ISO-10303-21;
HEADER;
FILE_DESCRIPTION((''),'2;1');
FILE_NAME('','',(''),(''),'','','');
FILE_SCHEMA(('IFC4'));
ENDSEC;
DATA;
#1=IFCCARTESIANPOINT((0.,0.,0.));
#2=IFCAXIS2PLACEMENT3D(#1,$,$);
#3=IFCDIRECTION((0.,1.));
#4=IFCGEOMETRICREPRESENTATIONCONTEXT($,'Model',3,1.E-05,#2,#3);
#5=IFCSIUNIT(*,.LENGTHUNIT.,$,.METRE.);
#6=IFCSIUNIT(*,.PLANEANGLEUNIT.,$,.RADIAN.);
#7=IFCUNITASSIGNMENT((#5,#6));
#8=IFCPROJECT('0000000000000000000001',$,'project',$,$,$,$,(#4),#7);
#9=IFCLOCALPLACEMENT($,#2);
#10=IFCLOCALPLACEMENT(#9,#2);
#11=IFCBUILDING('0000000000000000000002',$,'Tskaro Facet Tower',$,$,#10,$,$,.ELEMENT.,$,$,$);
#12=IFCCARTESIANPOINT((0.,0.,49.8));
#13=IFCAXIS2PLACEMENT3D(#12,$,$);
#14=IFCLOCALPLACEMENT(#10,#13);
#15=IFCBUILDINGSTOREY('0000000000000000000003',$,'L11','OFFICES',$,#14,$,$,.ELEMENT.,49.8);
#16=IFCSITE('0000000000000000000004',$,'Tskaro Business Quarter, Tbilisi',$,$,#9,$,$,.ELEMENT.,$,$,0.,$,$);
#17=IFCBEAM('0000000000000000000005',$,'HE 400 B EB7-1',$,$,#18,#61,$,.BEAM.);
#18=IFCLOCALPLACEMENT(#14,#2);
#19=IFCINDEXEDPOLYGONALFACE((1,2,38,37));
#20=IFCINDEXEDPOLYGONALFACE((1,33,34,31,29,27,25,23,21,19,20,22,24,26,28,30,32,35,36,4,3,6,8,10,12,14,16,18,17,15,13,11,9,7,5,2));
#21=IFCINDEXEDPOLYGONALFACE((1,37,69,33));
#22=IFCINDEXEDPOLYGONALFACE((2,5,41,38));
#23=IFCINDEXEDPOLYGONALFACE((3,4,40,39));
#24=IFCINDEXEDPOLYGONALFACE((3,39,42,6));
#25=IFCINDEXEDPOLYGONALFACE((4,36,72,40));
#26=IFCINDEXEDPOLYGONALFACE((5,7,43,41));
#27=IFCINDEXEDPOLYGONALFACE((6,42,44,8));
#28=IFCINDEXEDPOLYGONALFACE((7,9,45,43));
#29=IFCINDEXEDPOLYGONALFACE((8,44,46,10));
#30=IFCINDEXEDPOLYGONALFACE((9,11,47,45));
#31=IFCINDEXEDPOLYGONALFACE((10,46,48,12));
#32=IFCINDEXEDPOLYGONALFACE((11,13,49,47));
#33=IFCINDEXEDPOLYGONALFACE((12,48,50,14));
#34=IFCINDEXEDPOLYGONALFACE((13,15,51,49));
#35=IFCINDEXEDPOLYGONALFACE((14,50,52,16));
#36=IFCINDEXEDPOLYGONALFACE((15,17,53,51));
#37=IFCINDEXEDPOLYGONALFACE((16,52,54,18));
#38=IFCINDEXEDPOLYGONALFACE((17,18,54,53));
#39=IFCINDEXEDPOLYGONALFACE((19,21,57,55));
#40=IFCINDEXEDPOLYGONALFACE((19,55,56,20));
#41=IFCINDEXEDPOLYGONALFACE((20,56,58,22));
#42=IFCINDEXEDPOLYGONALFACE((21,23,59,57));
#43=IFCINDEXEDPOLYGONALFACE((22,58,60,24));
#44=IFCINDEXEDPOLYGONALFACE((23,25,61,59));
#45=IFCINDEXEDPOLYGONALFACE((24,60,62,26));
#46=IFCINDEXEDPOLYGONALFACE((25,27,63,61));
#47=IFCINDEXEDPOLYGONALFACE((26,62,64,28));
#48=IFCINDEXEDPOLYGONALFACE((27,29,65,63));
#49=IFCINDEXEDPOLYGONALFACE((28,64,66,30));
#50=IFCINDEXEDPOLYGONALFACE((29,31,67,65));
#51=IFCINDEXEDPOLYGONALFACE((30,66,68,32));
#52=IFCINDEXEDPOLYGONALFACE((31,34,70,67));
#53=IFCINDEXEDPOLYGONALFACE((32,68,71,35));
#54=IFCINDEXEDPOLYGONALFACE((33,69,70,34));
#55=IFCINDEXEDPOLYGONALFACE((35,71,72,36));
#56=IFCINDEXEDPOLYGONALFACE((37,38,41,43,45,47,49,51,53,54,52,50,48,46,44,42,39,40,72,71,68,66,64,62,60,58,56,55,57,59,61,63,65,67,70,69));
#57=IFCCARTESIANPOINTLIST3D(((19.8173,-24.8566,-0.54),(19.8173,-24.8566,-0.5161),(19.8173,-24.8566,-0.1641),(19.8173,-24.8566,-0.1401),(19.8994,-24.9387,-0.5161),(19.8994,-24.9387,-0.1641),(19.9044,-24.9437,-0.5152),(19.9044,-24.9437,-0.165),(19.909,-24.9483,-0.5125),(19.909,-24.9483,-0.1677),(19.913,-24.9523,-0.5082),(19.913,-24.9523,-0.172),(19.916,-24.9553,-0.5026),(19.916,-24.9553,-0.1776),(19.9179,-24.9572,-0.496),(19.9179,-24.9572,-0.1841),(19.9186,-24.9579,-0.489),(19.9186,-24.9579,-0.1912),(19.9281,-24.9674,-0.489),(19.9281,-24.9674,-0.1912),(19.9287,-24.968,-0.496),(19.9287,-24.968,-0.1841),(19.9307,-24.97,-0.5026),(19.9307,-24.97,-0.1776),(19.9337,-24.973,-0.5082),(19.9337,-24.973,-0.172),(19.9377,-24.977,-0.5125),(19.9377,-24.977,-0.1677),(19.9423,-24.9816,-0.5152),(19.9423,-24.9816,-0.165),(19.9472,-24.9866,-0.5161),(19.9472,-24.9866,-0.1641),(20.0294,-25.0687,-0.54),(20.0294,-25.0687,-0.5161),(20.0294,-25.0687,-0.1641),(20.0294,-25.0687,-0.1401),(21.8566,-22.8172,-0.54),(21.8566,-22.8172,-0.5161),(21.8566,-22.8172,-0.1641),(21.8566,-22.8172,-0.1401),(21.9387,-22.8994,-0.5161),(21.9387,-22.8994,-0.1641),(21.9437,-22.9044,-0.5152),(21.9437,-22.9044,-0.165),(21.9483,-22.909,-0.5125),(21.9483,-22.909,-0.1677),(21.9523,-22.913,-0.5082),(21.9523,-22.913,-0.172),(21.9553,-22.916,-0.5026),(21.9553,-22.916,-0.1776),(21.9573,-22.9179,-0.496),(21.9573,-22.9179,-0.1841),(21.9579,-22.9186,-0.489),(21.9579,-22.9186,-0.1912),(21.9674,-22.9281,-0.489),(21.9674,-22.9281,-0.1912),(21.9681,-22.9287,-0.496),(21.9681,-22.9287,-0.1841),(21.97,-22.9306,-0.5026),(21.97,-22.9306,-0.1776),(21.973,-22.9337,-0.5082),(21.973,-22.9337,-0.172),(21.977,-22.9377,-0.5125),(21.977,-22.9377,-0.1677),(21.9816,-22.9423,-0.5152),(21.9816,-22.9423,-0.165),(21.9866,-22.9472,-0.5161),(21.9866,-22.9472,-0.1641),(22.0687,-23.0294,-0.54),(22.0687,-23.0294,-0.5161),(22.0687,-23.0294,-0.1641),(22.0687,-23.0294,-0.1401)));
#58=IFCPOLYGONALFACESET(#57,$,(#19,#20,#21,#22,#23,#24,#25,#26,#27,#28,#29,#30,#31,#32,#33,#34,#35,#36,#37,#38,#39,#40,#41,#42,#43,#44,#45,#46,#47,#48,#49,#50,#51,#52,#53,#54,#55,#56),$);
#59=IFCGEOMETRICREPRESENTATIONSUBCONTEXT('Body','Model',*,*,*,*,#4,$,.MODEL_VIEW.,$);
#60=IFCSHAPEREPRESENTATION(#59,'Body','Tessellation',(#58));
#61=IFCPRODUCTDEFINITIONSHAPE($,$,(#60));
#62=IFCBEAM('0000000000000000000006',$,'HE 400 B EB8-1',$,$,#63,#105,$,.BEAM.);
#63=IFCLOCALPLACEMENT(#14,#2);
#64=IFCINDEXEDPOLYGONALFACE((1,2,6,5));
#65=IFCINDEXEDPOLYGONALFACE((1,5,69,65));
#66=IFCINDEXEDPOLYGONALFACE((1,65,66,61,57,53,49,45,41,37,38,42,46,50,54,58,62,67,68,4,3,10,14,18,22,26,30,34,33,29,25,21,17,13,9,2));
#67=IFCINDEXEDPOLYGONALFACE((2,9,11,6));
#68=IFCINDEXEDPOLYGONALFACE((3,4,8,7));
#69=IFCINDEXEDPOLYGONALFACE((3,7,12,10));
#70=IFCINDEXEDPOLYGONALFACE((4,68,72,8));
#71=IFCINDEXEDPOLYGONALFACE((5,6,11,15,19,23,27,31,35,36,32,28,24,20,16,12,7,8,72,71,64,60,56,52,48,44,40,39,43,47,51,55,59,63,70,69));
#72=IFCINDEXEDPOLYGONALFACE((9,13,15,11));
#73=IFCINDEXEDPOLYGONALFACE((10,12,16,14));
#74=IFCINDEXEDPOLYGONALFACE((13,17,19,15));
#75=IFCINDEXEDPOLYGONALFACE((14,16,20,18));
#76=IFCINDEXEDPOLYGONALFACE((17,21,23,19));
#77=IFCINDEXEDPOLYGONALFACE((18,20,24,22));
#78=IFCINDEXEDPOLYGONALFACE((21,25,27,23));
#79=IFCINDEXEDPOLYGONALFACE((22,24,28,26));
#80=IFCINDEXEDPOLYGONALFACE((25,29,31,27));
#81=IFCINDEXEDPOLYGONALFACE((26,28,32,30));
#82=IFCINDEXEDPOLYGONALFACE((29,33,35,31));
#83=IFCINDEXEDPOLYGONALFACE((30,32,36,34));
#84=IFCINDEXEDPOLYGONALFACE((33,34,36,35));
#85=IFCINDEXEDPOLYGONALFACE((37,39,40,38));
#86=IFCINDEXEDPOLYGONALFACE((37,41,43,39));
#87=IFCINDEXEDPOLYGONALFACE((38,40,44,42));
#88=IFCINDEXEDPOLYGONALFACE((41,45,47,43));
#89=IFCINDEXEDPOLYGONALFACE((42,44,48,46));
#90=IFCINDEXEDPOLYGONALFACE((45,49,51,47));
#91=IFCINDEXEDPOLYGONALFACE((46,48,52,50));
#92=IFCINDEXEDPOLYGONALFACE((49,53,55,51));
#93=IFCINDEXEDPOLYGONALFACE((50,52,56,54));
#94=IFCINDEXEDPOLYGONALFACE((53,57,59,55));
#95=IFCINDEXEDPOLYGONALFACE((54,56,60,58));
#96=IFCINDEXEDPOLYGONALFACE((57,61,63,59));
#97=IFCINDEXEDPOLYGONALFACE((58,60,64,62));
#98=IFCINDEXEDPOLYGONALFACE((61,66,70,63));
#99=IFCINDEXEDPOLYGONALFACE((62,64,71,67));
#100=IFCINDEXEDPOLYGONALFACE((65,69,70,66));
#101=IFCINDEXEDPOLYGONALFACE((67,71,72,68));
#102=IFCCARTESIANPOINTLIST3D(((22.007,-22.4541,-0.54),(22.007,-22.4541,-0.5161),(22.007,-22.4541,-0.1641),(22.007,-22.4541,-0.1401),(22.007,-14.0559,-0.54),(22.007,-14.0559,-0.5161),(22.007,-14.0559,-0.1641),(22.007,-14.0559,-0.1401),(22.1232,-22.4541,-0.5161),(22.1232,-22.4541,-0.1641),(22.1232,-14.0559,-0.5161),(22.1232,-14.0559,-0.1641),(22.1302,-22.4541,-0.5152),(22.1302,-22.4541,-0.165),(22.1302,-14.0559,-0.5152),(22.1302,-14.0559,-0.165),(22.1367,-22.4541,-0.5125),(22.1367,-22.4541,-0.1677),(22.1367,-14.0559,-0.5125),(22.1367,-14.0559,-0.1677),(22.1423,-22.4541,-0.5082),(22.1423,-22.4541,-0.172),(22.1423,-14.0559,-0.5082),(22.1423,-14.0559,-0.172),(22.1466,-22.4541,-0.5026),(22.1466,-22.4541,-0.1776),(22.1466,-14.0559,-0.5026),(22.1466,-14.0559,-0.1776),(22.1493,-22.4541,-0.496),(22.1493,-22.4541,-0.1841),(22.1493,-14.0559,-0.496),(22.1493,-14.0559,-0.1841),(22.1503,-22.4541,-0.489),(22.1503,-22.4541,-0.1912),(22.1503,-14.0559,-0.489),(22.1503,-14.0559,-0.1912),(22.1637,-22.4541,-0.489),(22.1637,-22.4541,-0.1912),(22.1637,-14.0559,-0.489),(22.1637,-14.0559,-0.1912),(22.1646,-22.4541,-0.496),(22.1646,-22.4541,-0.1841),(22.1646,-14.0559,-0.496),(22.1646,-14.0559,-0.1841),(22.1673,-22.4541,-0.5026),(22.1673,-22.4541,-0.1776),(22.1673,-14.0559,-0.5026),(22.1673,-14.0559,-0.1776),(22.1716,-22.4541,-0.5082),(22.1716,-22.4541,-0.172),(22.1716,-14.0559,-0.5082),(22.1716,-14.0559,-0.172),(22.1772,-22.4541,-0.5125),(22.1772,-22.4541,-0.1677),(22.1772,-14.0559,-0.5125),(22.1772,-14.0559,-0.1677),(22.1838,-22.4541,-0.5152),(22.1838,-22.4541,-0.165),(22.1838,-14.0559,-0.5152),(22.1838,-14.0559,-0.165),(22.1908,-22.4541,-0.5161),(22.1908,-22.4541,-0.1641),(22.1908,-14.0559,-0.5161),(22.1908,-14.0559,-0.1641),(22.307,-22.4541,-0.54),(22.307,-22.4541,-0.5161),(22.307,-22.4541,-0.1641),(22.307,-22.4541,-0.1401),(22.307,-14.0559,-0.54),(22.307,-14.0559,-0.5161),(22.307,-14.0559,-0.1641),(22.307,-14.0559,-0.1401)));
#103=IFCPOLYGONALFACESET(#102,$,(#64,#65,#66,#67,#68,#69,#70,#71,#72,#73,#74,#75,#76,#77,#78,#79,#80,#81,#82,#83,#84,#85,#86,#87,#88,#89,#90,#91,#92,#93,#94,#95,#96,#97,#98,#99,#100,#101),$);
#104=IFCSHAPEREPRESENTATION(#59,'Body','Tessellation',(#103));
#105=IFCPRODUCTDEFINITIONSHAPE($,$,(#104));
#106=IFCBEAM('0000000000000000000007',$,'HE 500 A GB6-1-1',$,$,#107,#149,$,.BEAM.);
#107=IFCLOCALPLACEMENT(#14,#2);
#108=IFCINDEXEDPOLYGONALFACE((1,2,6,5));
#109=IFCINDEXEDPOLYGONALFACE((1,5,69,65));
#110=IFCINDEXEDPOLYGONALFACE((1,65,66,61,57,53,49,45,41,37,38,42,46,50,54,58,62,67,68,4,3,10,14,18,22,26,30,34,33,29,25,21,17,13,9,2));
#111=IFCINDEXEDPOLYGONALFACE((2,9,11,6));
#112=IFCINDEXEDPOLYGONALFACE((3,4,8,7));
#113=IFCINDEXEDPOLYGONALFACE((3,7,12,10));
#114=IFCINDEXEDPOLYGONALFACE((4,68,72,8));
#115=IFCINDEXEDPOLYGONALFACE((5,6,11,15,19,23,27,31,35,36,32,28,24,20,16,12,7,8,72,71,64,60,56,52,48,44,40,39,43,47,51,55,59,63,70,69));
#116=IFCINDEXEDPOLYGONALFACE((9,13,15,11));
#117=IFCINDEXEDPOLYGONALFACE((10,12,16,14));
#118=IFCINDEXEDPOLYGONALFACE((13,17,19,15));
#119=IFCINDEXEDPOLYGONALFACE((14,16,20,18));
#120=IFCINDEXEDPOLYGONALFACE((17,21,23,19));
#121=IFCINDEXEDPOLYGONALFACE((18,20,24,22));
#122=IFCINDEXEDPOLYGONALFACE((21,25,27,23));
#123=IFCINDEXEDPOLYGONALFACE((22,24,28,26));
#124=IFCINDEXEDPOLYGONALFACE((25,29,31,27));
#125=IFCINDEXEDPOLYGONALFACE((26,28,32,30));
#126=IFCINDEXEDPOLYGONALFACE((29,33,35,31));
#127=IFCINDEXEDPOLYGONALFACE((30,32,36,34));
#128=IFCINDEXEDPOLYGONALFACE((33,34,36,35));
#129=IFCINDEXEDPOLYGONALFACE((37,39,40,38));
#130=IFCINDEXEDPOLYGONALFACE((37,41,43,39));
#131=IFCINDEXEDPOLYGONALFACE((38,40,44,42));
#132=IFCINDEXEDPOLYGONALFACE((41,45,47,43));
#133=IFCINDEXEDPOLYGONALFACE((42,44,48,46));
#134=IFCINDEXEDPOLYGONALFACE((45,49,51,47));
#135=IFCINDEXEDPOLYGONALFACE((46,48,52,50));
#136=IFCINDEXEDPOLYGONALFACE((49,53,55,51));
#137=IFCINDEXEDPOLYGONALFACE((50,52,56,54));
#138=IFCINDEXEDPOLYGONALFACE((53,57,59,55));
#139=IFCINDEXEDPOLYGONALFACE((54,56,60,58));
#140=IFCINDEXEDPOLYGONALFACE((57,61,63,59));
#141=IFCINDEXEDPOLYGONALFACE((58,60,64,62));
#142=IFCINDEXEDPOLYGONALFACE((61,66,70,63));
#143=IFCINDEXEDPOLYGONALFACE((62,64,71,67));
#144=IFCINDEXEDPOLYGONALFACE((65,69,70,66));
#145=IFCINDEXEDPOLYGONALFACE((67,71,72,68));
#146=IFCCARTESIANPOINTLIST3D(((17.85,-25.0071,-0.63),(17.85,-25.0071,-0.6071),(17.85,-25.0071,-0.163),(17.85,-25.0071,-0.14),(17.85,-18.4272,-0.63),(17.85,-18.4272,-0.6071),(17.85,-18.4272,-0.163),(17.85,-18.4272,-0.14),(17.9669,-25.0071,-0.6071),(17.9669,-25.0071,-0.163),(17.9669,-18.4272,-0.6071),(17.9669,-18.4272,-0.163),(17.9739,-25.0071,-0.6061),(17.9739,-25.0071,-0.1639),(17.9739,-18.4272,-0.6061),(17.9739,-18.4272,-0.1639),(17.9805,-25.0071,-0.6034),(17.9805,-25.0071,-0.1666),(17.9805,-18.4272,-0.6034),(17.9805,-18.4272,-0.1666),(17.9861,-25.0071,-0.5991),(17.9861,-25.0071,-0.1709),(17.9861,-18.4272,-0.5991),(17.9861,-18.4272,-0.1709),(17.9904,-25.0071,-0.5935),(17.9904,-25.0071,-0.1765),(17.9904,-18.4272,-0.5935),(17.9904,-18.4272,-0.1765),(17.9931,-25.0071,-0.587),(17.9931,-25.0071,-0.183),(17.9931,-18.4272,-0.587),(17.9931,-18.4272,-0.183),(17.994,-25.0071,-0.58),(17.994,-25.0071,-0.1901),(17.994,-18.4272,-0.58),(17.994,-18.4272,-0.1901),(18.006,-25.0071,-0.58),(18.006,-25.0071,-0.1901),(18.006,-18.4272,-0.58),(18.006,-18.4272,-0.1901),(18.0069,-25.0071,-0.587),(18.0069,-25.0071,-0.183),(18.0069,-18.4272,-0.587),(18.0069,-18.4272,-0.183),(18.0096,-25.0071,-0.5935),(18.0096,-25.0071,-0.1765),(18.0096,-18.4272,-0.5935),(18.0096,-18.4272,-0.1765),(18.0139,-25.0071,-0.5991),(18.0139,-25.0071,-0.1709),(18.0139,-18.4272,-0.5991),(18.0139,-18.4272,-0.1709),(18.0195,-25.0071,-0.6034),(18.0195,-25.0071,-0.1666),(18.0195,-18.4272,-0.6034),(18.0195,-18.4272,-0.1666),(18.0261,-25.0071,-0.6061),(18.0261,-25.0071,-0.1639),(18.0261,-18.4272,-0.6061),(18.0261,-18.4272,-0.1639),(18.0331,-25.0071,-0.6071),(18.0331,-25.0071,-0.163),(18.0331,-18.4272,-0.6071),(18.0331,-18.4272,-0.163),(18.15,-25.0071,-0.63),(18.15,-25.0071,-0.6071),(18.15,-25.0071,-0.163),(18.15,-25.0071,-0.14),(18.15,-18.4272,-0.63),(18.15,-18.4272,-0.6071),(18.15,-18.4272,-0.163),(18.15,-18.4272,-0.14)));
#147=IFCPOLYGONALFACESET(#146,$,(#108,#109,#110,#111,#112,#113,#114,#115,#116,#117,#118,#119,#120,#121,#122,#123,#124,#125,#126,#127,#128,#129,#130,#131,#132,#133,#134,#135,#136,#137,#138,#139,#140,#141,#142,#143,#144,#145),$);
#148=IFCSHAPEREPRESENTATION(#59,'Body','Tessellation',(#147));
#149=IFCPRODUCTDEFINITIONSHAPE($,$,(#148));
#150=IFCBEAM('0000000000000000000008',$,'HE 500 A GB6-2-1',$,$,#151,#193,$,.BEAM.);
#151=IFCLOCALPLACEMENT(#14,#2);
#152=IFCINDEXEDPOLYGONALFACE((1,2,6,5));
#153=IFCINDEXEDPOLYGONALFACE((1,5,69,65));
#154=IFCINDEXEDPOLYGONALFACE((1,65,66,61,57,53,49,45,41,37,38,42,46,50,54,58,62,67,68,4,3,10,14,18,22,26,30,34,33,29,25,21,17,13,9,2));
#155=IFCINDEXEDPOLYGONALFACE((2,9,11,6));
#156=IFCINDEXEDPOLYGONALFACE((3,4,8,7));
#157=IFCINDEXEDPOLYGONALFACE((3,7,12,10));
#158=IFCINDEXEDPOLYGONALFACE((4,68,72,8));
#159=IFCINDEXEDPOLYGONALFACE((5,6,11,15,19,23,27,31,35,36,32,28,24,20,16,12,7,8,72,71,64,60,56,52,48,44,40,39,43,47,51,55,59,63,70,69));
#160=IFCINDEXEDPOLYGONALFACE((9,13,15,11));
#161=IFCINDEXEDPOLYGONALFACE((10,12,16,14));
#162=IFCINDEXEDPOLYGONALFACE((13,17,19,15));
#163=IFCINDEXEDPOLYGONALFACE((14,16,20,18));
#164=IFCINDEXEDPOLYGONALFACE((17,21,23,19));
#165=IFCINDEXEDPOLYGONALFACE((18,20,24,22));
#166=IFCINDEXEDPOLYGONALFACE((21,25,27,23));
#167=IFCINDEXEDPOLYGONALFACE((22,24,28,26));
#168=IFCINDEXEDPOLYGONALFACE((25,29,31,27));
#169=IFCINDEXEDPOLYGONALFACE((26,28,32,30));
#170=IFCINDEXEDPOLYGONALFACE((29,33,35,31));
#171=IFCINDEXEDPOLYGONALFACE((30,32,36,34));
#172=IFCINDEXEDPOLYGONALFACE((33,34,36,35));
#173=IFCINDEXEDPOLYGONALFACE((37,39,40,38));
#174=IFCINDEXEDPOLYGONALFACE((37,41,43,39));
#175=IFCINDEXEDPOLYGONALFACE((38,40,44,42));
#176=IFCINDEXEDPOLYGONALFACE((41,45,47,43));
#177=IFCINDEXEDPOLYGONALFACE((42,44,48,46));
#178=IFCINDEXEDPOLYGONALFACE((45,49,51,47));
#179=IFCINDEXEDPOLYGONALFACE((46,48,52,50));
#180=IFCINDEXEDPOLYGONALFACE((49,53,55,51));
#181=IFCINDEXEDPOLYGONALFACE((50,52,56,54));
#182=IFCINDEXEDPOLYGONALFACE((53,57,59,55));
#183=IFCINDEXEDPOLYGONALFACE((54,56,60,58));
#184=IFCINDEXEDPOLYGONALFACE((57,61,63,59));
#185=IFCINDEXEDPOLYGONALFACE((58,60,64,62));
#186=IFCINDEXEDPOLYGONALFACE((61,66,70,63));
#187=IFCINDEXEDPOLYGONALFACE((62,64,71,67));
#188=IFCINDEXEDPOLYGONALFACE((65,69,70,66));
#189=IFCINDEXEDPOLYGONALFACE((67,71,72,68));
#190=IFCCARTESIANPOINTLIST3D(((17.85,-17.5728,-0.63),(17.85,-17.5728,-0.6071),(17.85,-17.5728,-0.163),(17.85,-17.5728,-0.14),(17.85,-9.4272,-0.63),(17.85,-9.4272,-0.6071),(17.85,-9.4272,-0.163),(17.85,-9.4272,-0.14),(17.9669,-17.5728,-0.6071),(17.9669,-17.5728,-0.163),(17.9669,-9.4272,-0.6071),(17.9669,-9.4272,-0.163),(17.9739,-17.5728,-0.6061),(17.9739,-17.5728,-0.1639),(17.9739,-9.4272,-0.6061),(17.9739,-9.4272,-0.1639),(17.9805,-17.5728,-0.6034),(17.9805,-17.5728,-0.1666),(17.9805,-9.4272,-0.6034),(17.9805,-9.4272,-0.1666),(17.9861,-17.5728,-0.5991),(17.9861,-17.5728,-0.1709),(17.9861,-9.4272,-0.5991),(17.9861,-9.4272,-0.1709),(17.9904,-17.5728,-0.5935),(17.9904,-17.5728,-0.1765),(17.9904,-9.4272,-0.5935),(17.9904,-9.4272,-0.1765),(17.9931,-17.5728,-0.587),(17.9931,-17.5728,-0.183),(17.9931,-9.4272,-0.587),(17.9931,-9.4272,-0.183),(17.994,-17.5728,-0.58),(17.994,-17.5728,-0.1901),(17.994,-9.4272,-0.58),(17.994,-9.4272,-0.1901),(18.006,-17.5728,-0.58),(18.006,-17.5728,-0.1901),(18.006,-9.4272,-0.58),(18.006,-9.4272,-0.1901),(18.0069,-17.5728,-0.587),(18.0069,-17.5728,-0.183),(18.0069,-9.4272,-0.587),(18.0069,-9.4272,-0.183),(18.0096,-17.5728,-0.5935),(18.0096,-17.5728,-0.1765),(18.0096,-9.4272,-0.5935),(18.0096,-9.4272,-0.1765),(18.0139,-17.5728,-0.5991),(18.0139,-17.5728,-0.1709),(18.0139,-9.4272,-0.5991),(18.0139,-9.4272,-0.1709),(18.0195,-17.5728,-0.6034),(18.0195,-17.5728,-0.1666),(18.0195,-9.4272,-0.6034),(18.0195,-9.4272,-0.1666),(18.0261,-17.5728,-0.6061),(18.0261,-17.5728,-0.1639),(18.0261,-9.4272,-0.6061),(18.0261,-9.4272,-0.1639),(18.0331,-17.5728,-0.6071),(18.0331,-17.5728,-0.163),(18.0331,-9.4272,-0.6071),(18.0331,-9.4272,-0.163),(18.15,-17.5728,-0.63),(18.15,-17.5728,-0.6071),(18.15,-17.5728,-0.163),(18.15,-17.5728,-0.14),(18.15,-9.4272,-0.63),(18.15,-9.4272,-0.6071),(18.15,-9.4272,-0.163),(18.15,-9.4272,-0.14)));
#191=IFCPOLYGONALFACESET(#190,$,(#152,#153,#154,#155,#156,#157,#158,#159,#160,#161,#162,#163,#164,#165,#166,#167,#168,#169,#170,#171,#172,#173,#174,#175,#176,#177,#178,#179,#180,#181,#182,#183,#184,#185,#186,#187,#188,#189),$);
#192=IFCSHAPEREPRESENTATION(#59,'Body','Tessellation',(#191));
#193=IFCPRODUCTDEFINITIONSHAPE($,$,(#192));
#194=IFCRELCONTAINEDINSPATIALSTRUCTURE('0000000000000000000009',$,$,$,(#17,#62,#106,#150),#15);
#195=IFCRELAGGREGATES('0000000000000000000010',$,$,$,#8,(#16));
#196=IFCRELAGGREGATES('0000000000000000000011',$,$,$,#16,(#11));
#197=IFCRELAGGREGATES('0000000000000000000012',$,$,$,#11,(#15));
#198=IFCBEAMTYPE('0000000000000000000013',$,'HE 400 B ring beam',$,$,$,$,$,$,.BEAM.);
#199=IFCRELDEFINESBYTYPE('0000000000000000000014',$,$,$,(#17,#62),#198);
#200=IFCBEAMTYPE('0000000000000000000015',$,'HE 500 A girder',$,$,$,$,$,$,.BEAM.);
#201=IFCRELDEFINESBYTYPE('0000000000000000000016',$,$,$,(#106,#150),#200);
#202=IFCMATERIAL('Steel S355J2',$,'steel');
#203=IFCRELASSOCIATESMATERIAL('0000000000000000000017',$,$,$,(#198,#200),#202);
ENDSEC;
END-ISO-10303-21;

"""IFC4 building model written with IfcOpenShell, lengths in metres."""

from ifc_helpers import new_model, si_unit, direction, frame, origin, origin_2d, place, context, subcontext, project, spatial, i_section, extrude, material, material_profile, profile_set, type_object, element, save


model = new_model("IFC4")

# Units and contexts
model_context = context("Model", 3, precision=1e-05, world=origin(), true_north=direction((0.0, 1.0)))
body_context = subcontext(model_context, "Body", "Model", "MODEL_VIEW")
ifc_project = project(units=[si_unit("LENGTHUNIT", "METRE"), si_unit("PLANEANGLEUNIT", "RADIAN")], contexts=[model_context])

# Site, building, storey
site_placement = place(None, origin())
site = spatial("IfcSite", under=ifc_project, at=site_placement, Name="Tskaro Business Quarter, Tbilisi", CompositionType="ELEMENT", RefElevation=0.0)
building_placement = place(site_placement, origin())
building = spatial("IfcBuilding", under=site, at=building_placement, Name="Tskaro Facet Tower", CompositionType="ELEMENT")
storey_placement = place(building_placement, frame((0.0, 0.0, 49.8)))
storey = spatial("IfcBuildingStorey", under=building, at=storey_placement, Name="L11", Description="OFFICES", CompositionType="ELEMENT", Elevation=49.8)

# Beams
ifc_material_1 = material(Name="Steel S355J2", Category="steel")
ifc_material_profile_1 = material_profile(ifc_material_1, i_section(OverallWidth=0.3, OverallDepth=0.3999, WebThickness=0.0134, FlangeThickness=0.0239, FilletRadius=0.0271, at=origin_2d()), Name="HE 400 B")
ifc_profile_set_1 = profile_set([ifc_material_profile_1], Name="Steel S355J2")
beam_type_1 = type_object("IfcBeamType", Name="HE 400 B ring beam", PredefinedType="BEAM", material=ifc_profile_set_1)
beam_1_placement = place(storey_placement, frame((19.9233, -24.9626, -0.3401), z_axis=(0.707107, 0.707107, 0.0), x_axis=(-0.707107, 0.707107, 0.0)))
element("IfcBeam", 1, at=beam_1_placement, inside=storey, type_object=beam_type_1, Name="HE 400 B EB7-1", PredefinedType="BEAM", context=body_context, shape_type="SweptSolid", body=[
    extrude(i_section(OverallWidth=0.3, OverallDepth=0.3999, WebThickness=0.0134, FlangeThickness=0.0239, FilletRadius=0.0271, at=origin_2d()), origin(), (0.0, 0.0, 1.0), 2.884),
])
beam_2_placement = place(storey_placement, frame((22.157, -22.4541, -0.3401), z_axis=(0.0, 1.0, 0.0), x_axis=(-1.0, 0.0, 0.0)))
element("IfcBeam", 2, at=beam_2_placement, inside=storey, type_object=beam_type_1, Name="HE 400 B EB8-1", PredefinedType="BEAM", context=body_context, shape_type="SweptSolid", body=[
    extrude(i_section(OverallWidth=0.3, OverallDepth=0.3999, WebThickness=0.0134, FlangeThickness=0.0239, FilletRadius=0.0271, at=origin_2d()), origin(), (0.0, 0.0, 1.0), 8.3982),
])
ifc_material_profile_2 = material_profile(ifc_material_1, i_section(OverallWidth=0.3, OverallDepth=0.49, WebThickness=0.012, FlangeThickness=0.0229, FilletRadius=0.0271, at=origin_2d()), Name="HE 500 A")
ifc_profile_set_2 = profile_set([ifc_material_profile_2], Name="Steel S355J2")
beam_type_2 = type_object("IfcBeamType", Name="HE 500 A girder", PredefinedType="BEAM", material=ifc_profile_set_2)
beam_3_placement = place(storey_placement, frame((18.0, -25.0071, -0.385), z_axis=(0.0, 1.0, 0.0), x_axis=(-1.0, 0.0, 0.0)))
element("IfcBeam", 3, at=beam_3_placement, inside=storey, type_object=beam_type_2, Name="HE 500 A GB6-1-1", PredefinedType="BEAM", context=body_context, shape_type="SweptSolid", body=[
    extrude(i_section(OverallWidth=0.3, OverallDepth=0.49, WebThickness=0.012, FlangeThickness=0.0229, FilletRadius=0.0271, at=origin_2d()), origin(), (0.0, 0.0, 1.0), 6.5798),
])
beam_4_placement = place(storey_placement, frame((18.0, -17.5728, -0.385), z_axis=(0.0, 1.0, 0.0), x_axis=(-1.0, 0.0, 0.0)))
element("IfcBeam", 4, at=beam_4_placement, inside=storey, type_object=beam_type_2, Name="HE 500 A GB6-2-1", PredefinedType="BEAM", context=body_context, shape_type="SweptSolid", body=[
    extrude(i_section(OverallWidth=0.3, OverallDepth=0.49, WebThickness=0.012, FlangeThickness=0.0229, FilletRadius=0.0271, at=origin_2d()), origin(), (0.0, 0.0, 1.0), 8.1455),
])

save(model, "model.ifc")
